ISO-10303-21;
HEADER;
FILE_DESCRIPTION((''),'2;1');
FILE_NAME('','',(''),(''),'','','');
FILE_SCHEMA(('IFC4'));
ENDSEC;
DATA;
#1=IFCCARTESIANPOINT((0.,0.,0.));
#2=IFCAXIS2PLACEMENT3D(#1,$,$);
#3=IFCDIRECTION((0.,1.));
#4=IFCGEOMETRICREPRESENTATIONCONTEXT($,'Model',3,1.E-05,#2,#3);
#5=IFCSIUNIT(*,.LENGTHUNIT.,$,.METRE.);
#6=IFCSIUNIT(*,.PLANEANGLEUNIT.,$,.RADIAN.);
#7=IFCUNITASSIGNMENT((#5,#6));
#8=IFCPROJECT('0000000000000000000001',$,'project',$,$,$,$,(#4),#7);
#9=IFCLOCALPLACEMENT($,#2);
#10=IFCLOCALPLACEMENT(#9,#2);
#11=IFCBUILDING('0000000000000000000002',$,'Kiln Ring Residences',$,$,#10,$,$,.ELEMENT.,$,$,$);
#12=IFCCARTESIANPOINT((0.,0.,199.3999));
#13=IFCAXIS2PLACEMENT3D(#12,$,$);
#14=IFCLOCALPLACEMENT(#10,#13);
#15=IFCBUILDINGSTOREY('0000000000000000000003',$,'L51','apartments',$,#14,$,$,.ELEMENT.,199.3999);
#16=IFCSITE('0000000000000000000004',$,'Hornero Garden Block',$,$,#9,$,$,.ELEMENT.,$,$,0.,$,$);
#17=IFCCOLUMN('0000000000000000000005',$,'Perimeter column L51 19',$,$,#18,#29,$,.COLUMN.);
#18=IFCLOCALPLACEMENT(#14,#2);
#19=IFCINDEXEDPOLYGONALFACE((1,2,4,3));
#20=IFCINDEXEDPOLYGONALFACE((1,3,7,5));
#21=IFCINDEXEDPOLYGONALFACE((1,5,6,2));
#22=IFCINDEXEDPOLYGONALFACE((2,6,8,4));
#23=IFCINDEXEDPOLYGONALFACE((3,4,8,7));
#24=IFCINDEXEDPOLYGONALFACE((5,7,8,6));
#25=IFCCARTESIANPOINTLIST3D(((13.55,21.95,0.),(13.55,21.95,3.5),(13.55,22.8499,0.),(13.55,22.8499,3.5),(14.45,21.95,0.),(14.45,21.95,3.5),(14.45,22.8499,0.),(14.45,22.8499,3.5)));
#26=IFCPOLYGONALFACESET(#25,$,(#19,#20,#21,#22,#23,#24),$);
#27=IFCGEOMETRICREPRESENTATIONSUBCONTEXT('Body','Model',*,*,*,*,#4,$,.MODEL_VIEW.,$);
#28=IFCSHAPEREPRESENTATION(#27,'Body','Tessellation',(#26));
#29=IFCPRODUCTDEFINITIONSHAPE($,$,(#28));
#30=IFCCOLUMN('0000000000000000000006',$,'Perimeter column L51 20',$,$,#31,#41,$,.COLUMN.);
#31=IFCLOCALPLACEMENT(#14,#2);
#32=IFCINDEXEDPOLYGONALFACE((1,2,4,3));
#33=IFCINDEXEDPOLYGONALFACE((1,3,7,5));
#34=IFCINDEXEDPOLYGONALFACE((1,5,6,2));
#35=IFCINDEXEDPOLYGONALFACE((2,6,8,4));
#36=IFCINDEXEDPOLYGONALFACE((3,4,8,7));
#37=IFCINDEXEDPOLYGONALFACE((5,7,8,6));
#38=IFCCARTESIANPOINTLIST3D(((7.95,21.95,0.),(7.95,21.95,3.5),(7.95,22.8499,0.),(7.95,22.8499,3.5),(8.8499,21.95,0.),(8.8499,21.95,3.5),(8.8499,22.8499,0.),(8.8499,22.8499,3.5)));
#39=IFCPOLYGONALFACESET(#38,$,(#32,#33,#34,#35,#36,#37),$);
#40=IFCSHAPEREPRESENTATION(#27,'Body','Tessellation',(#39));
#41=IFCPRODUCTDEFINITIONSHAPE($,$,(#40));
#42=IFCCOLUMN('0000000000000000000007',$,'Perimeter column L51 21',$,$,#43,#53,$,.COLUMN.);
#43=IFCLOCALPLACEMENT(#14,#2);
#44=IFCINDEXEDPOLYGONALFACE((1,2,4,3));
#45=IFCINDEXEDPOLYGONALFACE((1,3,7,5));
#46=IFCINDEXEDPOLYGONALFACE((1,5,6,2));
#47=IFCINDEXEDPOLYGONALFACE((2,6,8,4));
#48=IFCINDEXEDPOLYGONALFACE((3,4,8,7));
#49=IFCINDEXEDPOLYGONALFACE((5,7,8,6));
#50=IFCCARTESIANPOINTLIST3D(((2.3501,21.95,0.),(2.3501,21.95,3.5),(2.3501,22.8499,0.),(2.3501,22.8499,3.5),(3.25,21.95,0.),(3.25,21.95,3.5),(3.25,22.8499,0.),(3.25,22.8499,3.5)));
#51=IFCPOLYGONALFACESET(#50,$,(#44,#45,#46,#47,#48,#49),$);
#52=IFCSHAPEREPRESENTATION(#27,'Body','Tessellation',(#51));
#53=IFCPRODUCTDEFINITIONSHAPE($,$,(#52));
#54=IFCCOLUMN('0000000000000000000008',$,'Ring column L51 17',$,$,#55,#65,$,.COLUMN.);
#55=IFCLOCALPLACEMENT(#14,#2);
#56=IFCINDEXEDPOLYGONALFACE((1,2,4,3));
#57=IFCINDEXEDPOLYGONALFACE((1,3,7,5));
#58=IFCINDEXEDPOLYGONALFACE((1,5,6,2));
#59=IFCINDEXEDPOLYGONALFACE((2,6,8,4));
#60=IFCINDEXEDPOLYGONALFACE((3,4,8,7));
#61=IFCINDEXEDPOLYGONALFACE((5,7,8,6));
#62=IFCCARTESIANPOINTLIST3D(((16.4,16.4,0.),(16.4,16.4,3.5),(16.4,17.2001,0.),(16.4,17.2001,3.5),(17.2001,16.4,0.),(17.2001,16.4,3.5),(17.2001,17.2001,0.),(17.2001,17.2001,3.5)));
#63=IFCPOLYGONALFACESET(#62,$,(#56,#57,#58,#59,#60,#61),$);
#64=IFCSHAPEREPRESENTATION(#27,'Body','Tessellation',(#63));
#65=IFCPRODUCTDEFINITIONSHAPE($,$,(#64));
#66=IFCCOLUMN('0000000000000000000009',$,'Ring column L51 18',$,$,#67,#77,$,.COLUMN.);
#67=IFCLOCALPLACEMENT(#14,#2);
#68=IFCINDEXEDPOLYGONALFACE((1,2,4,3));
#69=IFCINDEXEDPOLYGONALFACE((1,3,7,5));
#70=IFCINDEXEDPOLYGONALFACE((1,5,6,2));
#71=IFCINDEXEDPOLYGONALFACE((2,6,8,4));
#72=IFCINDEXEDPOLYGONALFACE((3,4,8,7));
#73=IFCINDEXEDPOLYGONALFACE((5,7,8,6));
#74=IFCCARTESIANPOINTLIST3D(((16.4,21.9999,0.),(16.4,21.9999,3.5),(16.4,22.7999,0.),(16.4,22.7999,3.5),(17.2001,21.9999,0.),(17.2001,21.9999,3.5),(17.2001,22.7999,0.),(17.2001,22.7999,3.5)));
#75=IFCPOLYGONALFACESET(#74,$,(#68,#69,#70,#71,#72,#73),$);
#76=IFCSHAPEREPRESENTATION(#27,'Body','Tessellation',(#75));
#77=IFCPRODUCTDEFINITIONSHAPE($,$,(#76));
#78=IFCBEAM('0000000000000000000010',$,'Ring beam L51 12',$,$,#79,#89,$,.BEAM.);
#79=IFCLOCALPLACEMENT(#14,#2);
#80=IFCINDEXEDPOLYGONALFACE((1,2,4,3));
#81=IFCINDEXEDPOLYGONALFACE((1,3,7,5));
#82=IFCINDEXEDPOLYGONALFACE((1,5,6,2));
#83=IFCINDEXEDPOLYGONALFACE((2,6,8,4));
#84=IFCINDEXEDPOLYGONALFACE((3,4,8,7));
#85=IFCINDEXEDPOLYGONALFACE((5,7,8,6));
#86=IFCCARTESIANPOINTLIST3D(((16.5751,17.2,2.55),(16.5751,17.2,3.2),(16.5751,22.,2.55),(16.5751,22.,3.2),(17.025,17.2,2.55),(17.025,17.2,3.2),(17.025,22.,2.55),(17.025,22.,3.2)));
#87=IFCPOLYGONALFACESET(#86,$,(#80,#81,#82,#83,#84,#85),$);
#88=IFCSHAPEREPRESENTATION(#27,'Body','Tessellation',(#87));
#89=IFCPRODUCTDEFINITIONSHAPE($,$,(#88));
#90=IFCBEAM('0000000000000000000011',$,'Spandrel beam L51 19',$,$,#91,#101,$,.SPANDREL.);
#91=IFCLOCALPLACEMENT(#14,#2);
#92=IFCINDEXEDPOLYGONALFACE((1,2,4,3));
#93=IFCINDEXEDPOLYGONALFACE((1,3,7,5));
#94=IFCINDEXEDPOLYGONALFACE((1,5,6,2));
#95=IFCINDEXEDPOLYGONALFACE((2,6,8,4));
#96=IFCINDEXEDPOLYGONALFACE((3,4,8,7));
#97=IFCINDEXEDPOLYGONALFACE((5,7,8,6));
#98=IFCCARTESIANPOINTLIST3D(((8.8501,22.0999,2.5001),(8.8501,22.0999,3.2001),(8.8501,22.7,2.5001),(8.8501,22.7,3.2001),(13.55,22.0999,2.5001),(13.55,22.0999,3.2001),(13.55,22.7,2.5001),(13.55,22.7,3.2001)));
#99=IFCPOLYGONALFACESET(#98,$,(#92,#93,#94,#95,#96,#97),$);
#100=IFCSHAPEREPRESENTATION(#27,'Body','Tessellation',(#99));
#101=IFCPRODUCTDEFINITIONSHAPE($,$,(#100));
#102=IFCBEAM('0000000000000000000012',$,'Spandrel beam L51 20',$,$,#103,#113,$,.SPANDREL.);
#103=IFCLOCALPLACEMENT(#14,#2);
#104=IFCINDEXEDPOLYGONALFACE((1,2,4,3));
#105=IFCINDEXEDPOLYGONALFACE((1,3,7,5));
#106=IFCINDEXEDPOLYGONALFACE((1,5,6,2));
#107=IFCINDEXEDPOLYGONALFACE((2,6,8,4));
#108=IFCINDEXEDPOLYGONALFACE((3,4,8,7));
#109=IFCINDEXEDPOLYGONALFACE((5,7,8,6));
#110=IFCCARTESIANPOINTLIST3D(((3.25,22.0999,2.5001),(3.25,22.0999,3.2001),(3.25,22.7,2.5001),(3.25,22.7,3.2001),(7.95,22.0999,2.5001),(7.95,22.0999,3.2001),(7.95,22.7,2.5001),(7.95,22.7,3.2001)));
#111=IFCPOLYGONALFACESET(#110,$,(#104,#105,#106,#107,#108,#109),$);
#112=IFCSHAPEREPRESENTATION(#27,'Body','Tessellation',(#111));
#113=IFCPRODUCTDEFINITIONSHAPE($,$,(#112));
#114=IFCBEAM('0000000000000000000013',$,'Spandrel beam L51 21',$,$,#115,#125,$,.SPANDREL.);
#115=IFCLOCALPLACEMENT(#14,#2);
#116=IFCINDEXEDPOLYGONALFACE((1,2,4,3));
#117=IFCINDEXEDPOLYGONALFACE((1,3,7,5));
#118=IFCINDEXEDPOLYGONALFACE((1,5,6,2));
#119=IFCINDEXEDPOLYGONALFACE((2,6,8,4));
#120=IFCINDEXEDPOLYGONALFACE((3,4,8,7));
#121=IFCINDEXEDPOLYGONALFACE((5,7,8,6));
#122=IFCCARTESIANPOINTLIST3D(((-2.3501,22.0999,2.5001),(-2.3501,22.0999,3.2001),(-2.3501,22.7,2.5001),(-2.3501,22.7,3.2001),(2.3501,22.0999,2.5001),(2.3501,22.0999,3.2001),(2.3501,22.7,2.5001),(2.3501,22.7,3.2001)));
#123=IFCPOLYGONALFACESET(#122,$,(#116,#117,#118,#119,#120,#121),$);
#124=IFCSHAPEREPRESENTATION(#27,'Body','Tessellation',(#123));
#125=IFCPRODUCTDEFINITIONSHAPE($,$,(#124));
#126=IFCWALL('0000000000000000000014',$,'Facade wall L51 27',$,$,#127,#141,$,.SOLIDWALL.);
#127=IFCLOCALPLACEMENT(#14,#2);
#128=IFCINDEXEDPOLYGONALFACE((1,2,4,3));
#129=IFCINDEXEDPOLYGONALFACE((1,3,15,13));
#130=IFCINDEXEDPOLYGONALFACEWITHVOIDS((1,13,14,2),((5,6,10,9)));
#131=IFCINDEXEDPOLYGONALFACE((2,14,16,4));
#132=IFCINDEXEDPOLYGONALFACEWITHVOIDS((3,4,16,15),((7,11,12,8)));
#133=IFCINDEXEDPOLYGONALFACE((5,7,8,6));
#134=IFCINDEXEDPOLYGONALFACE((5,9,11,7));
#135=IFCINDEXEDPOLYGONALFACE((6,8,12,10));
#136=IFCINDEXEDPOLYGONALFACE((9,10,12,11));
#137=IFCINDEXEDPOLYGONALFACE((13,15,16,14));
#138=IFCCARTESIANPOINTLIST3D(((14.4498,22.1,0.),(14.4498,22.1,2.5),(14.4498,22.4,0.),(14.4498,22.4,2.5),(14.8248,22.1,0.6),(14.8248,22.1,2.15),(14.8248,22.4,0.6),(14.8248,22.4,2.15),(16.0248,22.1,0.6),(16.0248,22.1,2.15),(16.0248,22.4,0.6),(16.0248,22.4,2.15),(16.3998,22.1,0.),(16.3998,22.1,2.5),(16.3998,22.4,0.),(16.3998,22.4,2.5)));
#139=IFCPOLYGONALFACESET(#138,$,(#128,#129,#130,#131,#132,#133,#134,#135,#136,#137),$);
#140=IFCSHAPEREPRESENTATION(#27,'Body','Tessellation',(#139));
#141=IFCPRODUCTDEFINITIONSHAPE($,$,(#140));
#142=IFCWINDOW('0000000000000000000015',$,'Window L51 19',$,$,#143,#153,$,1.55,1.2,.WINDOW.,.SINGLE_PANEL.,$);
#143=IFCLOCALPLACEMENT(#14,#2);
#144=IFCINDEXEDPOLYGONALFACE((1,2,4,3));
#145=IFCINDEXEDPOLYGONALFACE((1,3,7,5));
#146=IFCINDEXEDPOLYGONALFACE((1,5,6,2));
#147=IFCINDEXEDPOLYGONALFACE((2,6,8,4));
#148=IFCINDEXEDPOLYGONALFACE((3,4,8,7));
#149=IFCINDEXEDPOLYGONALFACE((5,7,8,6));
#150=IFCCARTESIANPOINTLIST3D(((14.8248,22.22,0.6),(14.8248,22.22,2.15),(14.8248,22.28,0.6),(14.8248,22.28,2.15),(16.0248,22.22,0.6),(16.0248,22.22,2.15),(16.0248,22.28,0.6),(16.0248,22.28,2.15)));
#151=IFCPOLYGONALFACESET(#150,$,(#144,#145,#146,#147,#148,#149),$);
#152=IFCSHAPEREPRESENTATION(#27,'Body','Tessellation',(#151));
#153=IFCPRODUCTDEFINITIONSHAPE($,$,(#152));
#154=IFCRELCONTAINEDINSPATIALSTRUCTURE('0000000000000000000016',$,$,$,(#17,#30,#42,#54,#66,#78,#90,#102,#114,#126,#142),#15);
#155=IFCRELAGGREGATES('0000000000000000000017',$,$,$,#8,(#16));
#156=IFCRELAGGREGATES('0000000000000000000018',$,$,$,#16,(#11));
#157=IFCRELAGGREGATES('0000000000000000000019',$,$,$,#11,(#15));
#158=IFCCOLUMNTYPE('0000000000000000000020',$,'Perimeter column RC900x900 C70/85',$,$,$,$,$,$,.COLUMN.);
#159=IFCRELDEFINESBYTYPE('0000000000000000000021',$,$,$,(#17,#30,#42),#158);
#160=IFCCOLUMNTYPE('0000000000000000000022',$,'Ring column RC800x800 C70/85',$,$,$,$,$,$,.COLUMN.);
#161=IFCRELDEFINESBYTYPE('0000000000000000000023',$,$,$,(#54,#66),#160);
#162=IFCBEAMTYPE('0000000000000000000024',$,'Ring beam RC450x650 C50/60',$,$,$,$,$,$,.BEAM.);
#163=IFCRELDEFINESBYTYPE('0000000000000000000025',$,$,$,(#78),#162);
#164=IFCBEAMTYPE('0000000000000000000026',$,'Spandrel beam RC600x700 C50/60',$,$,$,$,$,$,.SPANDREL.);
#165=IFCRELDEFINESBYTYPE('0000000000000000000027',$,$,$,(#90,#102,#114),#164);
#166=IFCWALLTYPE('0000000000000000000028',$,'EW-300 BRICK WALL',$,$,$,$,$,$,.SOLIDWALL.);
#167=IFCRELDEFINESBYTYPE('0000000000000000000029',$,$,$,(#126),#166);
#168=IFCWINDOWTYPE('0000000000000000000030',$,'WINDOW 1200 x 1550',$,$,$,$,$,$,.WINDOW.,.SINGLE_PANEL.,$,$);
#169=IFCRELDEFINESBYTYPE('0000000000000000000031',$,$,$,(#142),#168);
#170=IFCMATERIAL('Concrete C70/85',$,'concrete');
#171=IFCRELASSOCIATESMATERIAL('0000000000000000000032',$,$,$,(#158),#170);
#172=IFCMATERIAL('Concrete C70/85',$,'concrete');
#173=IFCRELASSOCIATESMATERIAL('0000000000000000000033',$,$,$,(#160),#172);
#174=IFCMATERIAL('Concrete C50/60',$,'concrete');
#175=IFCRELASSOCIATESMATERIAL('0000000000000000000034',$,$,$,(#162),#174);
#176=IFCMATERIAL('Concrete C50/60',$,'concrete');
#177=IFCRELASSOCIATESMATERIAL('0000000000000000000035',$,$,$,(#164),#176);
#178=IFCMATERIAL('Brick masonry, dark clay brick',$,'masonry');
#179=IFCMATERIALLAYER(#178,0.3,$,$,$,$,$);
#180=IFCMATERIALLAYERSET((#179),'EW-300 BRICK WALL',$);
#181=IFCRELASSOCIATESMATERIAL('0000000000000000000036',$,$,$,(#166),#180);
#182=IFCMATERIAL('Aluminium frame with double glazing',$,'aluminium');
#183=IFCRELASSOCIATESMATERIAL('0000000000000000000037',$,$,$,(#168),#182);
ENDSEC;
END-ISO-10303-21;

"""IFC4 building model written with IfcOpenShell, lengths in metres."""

from ifc_helpers import new_model, si_unit, direction, frame, frame_2d, origin, origin_2d, place, context, subcontext, project, spatial, rectangle, extrude, material, layer, layer_set, material_profile, profile_set, type_object, element, fill, save


model = new_model("IFC4")

# Units and contexts
model_context = context("Model", 3, precision=1e-05, world=origin(), true_north=direction((0.0, 1.0)))
body_context = subcontext(model_context, "Body", "Model", "MODEL_VIEW")
ifc_project = project(units=[si_unit("LENGTHUNIT", "METRE"), si_unit("PLANEANGLEUNIT", "RADIAN")], contexts=[model_context])

# Site, building, storey
site_placement = place(None, origin())
site = spatial("IfcSite", under=ifc_project, at=site_placement, Name="Hornero Garden Block", CompositionType="ELEMENT", RefElevation=0.0)
building_placement = place(site_placement, origin())
building = spatial("IfcBuilding", under=site, at=building_placement, Name="Kiln Ring Residences", CompositionType="ELEMENT")
storey_placement = place(building_placement, frame((0.0, 0.0, 199.3999)))
storey = spatial("IfcBuildingStorey", under=building, at=storey_placement, Name="L51", Description="apartments", CompositionType="ELEMENT", Elevation=199.3999)

# Columns
ifc_material_1 = material(Name="Concrete C70/85", Category="concrete")
ifc_material_profile_1 = material_profile(ifc_material_1, rectangle(XDim=0.8999, YDim=0.8999, at=origin_2d()), Name="RC900x900")
ifc_profile_set_1 = profile_set([ifc_material_profile_1], Name="Concrete C70/85")
column_type_1 = type_object("IfcColumnType", Name="Perimeter column RC900x900 C70/85", PredefinedType="COLUMN", material=ifc_profile_set_1)
for number, where, z_axis, x_axis, name in (
    (1, (14.0, 22.3999, 0.0), (0.0, 0.0, 1.0), (1.0, 0.0, 0.0), "Perimeter column L51 19"),
    (2, (8.3999, 22.3999, 0.0), (0.0, 0.0, 1.0), (1.0, 0.0, 0.0), "Perimeter column L51 20"),
    (3, (2.8, 22.3999, 0.0), (0.0, 0.0, 1.0), (1.0, 0.0, 0.0), "Perimeter column L51 21"),
):
    element("IfcColumn", number, at=place(storey_placement, frame(where, z_axis=z_axis, x_axis=x_axis)), inside=storey, type_object=column_type_1, Name=name, PredefinedType="COLUMN", context=body_context, shape_type="SweptSolid", body=[
        extrude(rectangle(XDim=0.8999, YDim=0.8999, at=origin_2d()), origin(), (0.0, 0.0, 1.0), 3.5),
    ])
ifc_material_2 = material(Name="Concrete C70/85", Category="concrete")
ifc_material_profile_2 = material_profile(ifc_material_2, rectangle(XDim=0.8, YDim=0.8, at=origin_2d()), Name="RC800x800")
ifc_profile_set_2 = profile_set([ifc_material_profile_2], Name="Concrete C70/85")
column_type_2 = type_object("IfcColumnType", Name="Ring column RC800x800 C70/85", PredefinedType="COLUMN", material=ifc_profile_set_2)
for number, where, z_axis, x_axis, name in (
    (4, (16.8, 16.8, 0.0), (0.0, 0.0, 1.0), (1.0, 0.0, 0.0), "Ring column L51 17"),
    (5, (16.8, 22.3999, 0.0), (0.0, 0.0, 1.0), (1.0, 0.0, 0.0), "Ring column L51 18"),
):
    element("IfcColumn", number, at=place(storey_placement, frame(where, z_axis=z_axis, x_axis=x_axis)), inside=storey, type_object=column_type_2, Name=name, PredefinedType="COLUMN", context=body_context, shape_type="SweptSolid", body=[
        extrude(rectangle(XDim=0.8, YDim=0.8, at=origin_2d()), origin(), (0.0, 0.0, 1.0), 3.5),
    ])

# Beams
ifc_material_3 = material(Name="Concrete C50/60", Category="concrete")
ifc_material_profile_3 = material_profile(ifc_material_3, rectangle(XDim=0.45, YDim=0.6499, at=origin_2d()), Name="RC450x650")
ifc_profile_set_3 = profile_set([ifc_material_profile_3], Name="Concrete C50/60")
beam_type_1 = type_object("IfcBeamType", Name="Ring beam RC450x650 C50/60", PredefinedType="BEAM", material=ifc_profile_set_3)
beam_1_placement = place(storey_placement, frame((16.8, 17.2, 2.875), z_axis=(0.0, 1.0, 0.0), x_axis=(-1.0, 0.0, 0.0)))
element("IfcBeam", 6, at=beam_1_placement, inside=storey, type_object=beam_type_1, Name="Ring beam L51 12", PredefinedType="BEAM", context=body_context, shape_type="SweptSolid", body=[
    extrude(rectangle(XDim=0.45, YDim=0.6499, at=origin_2d()), origin(), (0.0, 0.0, 1.0), 4.8),
])
ifc_material_4 = material(Name="Concrete C50/60", Category="concrete")
ifc_material_profile_4 = material_profile(ifc_material_4, rectangle(XDim=0.6001, YDim=0.7, at=origin_2d()), Name="RC600x700")
ifc_profile_set_4 = profile_set([ifc_material_profile_4], Name="Concrete C50/60")
beam_type_2 = type_object("IfcBeamType", Name="Spandrel beam RC600x700 C50/60", PredefinedType="SPANDREL", material=ifc_profile_set_4)
for number, where, z_axis, x_axis, name in (
    (7, (13.55, 22.3999, 2.8501), (-1.0, 0.0, 0.0), (0.0, -1.0, 0.0), "Spandrel beam L51 19"),
    (8, (7.95, 22.3999, 2.8501), (-1.0, 0.0, 0.0), (0.0, -1.0, 0.0), "Spandrel beam L51 20"),
):
    element("IfcBeam", number, at=place(storey_placement, frame(where, z_axis=z_axis, x_axis=x_axis)), inside=storey, type_object=beam_type_2, Name=name, PredefinedType="SPANDREL", context=body_context, shape_type="SweptSolid", body=[
        extrude(rectangle(XDim=0.6001, YDim=0.7, at=origin_2d()), origin(), (0.0, 0.0, 1.0), 4.7),
    ])
beam_2_placement = place(storey_placement, frame((2.3501, 22.3999, 2.8501), z_axis=(-1.0, 0.0, 0.0), x_axis=(0.0, -1.0, 0.0)))
element("IfcBeam", 9, at=beam_2_placement, inside=storey, type_object=beam_type_2, Name="Spandrel beam L51 21", PredefinedType="SPANDREL", context=body_context, shape_type="SweptSolid", body=[
    extrude(rectangle(XDim=0.6001, YDim=0.7, at=origin_2d()), origin(), (0.0, 0.0, 1.0), 4.7002),
])

# Wall, opening, window
ifc_material_5 = material(Name="Brick masonry, dark clay brick", Category="masonry")
ifc_layer_1 = layer(ifc_material_5, 0.3)
ifc_layer_set_1 = layer_set([ifc_layer_1], Name="EW-300 BRICK WALL")
wall_type_1 = type_object("IfcWallType", Name="EW-300 BRICK WALL", PredefinedType="SOLIDWALL", material=ifc_layer_set_1)
wall_1_placement = place(storey_placement, frame((16.3999, 22.25, 0.0), z_axis=(0.0, 0.0, 1.0), x_axis=(-1.0, 0.0, 0.0)))
wall_1 = element("IfcWall", 10, at=wall_1_placement, inside=storey, type_object=wall_type_1, Name="Facade wall L51 27", PredefinedType="SOLIDWALL", context=body_context, shape_type="SweptSolid", body=[
    extrude(rectangle(XDim=1.95, YDim=0.3, at=frame_2d((0.9751, 0.0))), origin(), (0.0, 0.0, 1.0), 2.5),
])
opening_1_placement = place(wall_1_placement, frame((0.375, 0.0, 0.6001)))
opening_1 = element("IfcOpeningElement", 11, at=opening_1_placement, cuts=wall_1, PredefinedType="OPENING", context=body_context, shape_type="SweptSolid", body=[
    extrude(rectangle(XDim=1.2, YDim=1.55, at=frame_2d((0.6001, 0.7749))), frame((0.0, 0.1599, 0.0), z_axis=(0.0, -1.0, 0.0), x_axis=(1.0, 0.0, 0.0)), (0.0, 0.0, 1.0), 0.3201),
])
ifc_material_6 = material(Name="Aluminium frame with double glazing", Category="aluminium")
window_type = type_object("IfcWindowType", Name="WINDOW 1200 x 1550", PartitioningType="SINGLE_PANEL", PredefinedType="WINDOW", material=ifc_material_6)
window_1_placement = place(opening_1_placement, origin())
window_1 = element("IfcWindow", 12, at=window_1_placement, inside=storey, type_object=window_type, Name="Window L51 19", OverallHeight=1.55, OverallWidth=1.2, PartitioningType="SINGLE_PANEL", PredefinedType="WINDOW", context=body_context, shape_type="SweptSolid", body=[
    extrude(rectangle(XDim=1.2, YDim=1.55, at=frame_2d((0.6001, 0.7749))), frame((0.0, 0.03, 0.0), z_axis=(0.0, -1.0, 0.0), x_axis=(1.0, 0.0, 0.0)), (0.0, 0.0, 1.0), 0.0601),
])
fill(opening_1, window_1)

save(model, "model.ifc")
